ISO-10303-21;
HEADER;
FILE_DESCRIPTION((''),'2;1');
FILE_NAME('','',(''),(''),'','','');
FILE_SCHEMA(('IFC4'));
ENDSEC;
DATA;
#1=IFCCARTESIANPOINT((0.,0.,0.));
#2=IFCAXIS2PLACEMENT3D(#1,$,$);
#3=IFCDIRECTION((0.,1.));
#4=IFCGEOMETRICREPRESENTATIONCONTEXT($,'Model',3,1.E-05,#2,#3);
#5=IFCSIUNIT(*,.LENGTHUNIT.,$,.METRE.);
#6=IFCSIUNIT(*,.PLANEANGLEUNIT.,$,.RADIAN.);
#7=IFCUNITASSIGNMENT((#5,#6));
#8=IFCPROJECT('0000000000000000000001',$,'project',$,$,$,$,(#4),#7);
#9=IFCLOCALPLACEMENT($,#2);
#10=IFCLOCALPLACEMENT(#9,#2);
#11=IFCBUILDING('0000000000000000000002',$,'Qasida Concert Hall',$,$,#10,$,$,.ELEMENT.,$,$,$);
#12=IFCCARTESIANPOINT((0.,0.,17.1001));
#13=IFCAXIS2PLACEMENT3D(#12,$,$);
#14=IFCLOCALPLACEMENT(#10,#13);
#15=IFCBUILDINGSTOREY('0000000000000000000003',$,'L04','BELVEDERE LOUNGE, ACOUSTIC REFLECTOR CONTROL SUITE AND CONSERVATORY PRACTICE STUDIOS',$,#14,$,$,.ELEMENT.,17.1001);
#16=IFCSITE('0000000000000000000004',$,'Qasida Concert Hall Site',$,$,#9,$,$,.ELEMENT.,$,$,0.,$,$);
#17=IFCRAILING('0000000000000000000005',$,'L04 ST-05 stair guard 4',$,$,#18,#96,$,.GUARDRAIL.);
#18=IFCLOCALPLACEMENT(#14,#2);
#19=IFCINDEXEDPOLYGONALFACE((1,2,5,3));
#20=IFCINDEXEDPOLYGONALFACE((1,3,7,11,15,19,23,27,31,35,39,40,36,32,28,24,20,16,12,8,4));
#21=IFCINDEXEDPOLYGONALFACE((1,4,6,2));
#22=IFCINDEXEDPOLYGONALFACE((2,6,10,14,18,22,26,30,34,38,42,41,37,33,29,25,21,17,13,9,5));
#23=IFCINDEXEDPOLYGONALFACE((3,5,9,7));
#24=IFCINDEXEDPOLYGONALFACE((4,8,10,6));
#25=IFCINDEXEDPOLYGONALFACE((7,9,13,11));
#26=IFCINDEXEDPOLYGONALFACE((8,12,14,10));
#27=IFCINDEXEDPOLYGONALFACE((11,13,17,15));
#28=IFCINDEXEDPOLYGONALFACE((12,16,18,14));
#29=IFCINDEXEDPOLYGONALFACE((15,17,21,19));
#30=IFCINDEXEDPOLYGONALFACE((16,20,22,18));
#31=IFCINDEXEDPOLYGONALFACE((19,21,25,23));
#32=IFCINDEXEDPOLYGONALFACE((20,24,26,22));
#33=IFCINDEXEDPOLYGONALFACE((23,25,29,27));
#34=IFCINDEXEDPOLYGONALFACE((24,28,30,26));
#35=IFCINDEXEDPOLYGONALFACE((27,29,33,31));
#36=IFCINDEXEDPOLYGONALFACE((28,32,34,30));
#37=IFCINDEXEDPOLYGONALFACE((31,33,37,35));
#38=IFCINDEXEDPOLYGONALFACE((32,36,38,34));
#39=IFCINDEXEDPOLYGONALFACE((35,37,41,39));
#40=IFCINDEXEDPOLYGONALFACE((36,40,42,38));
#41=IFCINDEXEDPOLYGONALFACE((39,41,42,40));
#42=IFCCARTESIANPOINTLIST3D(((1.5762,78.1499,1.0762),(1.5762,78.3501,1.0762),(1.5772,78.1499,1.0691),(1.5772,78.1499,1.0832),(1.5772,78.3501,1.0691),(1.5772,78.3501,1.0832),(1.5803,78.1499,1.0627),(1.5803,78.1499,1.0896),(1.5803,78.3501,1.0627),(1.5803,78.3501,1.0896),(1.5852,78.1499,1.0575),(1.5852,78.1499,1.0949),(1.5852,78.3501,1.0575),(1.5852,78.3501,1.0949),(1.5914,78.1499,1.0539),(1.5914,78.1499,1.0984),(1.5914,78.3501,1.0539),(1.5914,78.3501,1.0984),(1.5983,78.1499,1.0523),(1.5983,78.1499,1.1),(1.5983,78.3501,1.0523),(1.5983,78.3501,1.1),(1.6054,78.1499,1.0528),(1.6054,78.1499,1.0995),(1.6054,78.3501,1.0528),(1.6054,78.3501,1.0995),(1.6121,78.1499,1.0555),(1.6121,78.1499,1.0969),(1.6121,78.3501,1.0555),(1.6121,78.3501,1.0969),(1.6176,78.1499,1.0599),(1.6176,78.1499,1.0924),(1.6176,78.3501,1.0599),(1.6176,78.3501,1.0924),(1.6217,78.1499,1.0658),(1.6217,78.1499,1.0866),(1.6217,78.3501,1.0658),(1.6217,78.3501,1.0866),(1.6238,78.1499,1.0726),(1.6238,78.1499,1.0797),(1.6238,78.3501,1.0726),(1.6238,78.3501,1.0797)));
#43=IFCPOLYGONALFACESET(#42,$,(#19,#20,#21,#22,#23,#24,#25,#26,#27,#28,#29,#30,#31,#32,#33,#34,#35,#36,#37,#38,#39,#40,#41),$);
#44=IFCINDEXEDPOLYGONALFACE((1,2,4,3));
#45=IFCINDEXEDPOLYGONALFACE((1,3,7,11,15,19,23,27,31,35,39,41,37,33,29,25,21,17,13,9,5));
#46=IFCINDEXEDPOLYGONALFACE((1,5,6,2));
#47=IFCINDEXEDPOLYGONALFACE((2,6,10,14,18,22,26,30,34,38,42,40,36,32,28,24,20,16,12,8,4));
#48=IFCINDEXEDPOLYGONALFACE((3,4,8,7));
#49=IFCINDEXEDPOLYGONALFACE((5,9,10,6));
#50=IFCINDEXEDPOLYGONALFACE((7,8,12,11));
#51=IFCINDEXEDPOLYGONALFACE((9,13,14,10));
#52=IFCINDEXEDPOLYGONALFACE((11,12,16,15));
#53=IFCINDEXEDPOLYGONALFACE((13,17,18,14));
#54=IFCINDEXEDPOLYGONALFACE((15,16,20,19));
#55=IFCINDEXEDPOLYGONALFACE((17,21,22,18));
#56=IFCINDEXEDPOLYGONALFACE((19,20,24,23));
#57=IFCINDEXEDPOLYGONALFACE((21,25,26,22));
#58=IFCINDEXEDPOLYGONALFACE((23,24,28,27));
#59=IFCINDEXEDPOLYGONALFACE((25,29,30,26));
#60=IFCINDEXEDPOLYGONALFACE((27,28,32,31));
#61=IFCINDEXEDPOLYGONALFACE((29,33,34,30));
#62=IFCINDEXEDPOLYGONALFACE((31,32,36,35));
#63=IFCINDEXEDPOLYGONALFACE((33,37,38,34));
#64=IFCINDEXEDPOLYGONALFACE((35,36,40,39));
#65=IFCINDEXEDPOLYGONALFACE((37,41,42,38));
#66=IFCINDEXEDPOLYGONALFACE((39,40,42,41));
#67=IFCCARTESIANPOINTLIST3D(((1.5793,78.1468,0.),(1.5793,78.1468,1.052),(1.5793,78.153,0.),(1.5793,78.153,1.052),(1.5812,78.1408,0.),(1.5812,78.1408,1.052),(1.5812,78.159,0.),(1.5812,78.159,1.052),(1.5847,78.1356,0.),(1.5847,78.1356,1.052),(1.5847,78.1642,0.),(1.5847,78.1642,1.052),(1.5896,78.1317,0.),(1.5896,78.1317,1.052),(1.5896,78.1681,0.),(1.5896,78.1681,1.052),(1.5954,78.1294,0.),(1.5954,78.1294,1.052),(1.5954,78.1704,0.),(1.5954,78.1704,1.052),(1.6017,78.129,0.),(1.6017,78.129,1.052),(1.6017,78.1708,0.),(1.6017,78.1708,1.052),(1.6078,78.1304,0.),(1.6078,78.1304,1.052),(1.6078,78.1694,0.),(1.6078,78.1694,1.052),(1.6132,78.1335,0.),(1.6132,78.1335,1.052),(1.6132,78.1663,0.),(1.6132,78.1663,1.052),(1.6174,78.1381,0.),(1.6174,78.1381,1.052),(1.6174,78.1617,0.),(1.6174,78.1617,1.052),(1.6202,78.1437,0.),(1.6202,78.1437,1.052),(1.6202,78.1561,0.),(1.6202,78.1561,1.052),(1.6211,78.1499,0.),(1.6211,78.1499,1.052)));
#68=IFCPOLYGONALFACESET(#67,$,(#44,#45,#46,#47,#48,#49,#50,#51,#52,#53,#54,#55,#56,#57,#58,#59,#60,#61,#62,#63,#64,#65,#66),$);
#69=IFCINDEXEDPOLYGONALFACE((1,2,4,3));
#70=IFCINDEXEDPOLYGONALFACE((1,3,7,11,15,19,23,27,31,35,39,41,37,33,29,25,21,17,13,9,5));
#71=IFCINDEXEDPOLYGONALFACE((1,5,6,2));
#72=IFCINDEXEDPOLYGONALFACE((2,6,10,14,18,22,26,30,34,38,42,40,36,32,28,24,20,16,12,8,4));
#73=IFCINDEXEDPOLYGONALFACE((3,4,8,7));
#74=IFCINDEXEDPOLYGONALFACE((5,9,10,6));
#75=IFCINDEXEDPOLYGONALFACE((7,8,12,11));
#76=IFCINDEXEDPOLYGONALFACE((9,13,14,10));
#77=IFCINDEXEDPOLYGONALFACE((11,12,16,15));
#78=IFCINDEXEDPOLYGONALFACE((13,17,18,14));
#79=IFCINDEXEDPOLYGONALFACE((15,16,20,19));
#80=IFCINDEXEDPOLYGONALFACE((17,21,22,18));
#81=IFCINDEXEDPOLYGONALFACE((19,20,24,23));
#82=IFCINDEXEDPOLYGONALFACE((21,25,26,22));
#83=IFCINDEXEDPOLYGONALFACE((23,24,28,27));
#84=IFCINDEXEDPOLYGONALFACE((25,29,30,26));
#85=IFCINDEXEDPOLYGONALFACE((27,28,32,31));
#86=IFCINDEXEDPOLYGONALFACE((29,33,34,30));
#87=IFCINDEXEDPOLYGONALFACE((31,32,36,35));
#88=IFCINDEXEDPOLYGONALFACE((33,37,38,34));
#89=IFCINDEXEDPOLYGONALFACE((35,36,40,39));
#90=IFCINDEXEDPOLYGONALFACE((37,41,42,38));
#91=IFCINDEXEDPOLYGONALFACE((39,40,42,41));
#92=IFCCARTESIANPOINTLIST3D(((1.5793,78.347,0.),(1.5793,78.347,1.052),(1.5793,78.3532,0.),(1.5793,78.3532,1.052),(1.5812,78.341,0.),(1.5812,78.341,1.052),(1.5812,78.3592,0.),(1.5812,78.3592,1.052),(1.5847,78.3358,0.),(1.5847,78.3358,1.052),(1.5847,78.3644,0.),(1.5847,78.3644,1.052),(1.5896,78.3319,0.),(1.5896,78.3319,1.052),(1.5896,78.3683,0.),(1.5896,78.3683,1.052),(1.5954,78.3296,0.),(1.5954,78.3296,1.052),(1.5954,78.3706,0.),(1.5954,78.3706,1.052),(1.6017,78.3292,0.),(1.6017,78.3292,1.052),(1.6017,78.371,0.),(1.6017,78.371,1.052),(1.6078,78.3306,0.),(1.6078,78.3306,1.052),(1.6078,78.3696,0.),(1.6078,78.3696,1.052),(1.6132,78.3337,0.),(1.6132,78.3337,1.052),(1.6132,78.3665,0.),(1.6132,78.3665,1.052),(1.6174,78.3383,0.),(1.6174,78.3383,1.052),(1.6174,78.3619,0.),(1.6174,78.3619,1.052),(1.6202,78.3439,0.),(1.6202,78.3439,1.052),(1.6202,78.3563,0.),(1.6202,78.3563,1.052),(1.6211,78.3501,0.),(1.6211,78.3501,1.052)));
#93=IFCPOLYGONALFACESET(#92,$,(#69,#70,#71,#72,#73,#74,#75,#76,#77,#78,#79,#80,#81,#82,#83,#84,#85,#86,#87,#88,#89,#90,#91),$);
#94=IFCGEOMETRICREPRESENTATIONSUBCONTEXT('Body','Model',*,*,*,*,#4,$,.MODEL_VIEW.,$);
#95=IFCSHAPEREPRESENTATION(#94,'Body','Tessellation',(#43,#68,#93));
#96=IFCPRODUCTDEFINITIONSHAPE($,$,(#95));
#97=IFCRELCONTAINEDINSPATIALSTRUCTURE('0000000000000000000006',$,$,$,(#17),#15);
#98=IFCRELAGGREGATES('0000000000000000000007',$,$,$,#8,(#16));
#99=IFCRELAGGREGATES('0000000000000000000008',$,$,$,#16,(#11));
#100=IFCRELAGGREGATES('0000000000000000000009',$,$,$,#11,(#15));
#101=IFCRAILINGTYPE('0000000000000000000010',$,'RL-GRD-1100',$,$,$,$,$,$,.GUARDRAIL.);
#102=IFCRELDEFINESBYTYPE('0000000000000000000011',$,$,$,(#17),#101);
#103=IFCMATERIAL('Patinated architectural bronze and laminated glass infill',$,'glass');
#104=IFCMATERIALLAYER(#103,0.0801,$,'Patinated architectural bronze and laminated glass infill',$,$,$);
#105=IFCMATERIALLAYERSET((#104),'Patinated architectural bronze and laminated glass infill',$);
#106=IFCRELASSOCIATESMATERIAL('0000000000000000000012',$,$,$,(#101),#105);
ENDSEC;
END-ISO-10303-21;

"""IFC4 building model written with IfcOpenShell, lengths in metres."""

from ifc_helpers import new_model, si_unit, direction, frame, origin, origin_2d, place, context, subcontext, project, spatial, circle, extrude, material, layer, layer_set, type_object, element, save


model = new_model("IFC4")

# Units and contexts
model_context = context("Model", 3, precision=1e-05, world=origin(), true_north=direction((0.0, 1.0)))
body_context = subcontext(model_context, "Body", "Model", "MODEL_VIEW")
ifc_project = project(units=[si_unit("LENGTHUNIT", "METRE"), si_unit("PLANEANGLEUNIT", "RADIAN")], contexts=[model_context])

# Site, building, storey
site_placement = place(None, origin())
site = spatial("IfcSite", under=ifc_project, at=site_placement, Name="Qasida Concert Hall Site", CompositionType="ELEMENT", RefElevation=0.0)
building_placement = place(site_placement, origin())
building = spatial("IfcBuilding", under=site, at=building_placement, Name="Qasida Concert Hall", CompositionType="ELEMENT")
storey_placement = place(building_placement, frame((0.0, 0.0, 17.1001)))
storey = spatial("IfcBuildingStorey", under=building, at=storey_placement, Name="L04", Description="BELVEDERE LOUNGE, ACOUSTIC REFLECTOR CONTROL SUITE AND CONSERVATORY PRACTICE STUDIOS", CompositionType="ELEMENT", Elevation=17.1001)

# Railing
ifc_material_1 = material(Name="Patinated architectural bronze and laminated glass infill", Category="glass")
ifc_layer_1 = layer(ifc_material_1, 0.0801, Name="Patinated architectural bronze and laminated glass infill")
ifc_layer_set_1 = layer_set([ifc_layer_1], Name="Patinated architectural bronze and laminated glass infill")
railing_type_1 = type_object("IfcRailingType", Name="RL-GRD-1100", PredefinedType="GUARDRAIL", material=ifc_layer_set_1)
railing_1_placement = place(storey_placement, frame((1.6001, 78.1499, 0.0)))
element("IfcRailing", 1, at=railing_1_placement, inside=storey, type_object=railing_type_1, Name="L04 ST-05 stair guard 4", PredefinedType="GUARDRAIL", context=body_context, shape_type="SweptSolid", body=[
    extrude(circle(Radius=0.0239, at=origin_2d()), frame((0.0, 0.0, 1.0762), z_axis=(0.0, 1.0, 0.0), x_axis=(-1.0, 0.0, 0.0)), (0.0, 0.0, 1.0), 0.2002),
    extrude(circle(Radius=0.021, at=origin_2d()), origin(), (0.0, 0.0, 1.0), 1.052),
    extrude(circle(Radius=0.021, at=origin_2d()), frame((0.0, 0.2002, 0.0)), (0.0, 0.0, 1.0), 1.052),
])

save(model, "model.ifc")
